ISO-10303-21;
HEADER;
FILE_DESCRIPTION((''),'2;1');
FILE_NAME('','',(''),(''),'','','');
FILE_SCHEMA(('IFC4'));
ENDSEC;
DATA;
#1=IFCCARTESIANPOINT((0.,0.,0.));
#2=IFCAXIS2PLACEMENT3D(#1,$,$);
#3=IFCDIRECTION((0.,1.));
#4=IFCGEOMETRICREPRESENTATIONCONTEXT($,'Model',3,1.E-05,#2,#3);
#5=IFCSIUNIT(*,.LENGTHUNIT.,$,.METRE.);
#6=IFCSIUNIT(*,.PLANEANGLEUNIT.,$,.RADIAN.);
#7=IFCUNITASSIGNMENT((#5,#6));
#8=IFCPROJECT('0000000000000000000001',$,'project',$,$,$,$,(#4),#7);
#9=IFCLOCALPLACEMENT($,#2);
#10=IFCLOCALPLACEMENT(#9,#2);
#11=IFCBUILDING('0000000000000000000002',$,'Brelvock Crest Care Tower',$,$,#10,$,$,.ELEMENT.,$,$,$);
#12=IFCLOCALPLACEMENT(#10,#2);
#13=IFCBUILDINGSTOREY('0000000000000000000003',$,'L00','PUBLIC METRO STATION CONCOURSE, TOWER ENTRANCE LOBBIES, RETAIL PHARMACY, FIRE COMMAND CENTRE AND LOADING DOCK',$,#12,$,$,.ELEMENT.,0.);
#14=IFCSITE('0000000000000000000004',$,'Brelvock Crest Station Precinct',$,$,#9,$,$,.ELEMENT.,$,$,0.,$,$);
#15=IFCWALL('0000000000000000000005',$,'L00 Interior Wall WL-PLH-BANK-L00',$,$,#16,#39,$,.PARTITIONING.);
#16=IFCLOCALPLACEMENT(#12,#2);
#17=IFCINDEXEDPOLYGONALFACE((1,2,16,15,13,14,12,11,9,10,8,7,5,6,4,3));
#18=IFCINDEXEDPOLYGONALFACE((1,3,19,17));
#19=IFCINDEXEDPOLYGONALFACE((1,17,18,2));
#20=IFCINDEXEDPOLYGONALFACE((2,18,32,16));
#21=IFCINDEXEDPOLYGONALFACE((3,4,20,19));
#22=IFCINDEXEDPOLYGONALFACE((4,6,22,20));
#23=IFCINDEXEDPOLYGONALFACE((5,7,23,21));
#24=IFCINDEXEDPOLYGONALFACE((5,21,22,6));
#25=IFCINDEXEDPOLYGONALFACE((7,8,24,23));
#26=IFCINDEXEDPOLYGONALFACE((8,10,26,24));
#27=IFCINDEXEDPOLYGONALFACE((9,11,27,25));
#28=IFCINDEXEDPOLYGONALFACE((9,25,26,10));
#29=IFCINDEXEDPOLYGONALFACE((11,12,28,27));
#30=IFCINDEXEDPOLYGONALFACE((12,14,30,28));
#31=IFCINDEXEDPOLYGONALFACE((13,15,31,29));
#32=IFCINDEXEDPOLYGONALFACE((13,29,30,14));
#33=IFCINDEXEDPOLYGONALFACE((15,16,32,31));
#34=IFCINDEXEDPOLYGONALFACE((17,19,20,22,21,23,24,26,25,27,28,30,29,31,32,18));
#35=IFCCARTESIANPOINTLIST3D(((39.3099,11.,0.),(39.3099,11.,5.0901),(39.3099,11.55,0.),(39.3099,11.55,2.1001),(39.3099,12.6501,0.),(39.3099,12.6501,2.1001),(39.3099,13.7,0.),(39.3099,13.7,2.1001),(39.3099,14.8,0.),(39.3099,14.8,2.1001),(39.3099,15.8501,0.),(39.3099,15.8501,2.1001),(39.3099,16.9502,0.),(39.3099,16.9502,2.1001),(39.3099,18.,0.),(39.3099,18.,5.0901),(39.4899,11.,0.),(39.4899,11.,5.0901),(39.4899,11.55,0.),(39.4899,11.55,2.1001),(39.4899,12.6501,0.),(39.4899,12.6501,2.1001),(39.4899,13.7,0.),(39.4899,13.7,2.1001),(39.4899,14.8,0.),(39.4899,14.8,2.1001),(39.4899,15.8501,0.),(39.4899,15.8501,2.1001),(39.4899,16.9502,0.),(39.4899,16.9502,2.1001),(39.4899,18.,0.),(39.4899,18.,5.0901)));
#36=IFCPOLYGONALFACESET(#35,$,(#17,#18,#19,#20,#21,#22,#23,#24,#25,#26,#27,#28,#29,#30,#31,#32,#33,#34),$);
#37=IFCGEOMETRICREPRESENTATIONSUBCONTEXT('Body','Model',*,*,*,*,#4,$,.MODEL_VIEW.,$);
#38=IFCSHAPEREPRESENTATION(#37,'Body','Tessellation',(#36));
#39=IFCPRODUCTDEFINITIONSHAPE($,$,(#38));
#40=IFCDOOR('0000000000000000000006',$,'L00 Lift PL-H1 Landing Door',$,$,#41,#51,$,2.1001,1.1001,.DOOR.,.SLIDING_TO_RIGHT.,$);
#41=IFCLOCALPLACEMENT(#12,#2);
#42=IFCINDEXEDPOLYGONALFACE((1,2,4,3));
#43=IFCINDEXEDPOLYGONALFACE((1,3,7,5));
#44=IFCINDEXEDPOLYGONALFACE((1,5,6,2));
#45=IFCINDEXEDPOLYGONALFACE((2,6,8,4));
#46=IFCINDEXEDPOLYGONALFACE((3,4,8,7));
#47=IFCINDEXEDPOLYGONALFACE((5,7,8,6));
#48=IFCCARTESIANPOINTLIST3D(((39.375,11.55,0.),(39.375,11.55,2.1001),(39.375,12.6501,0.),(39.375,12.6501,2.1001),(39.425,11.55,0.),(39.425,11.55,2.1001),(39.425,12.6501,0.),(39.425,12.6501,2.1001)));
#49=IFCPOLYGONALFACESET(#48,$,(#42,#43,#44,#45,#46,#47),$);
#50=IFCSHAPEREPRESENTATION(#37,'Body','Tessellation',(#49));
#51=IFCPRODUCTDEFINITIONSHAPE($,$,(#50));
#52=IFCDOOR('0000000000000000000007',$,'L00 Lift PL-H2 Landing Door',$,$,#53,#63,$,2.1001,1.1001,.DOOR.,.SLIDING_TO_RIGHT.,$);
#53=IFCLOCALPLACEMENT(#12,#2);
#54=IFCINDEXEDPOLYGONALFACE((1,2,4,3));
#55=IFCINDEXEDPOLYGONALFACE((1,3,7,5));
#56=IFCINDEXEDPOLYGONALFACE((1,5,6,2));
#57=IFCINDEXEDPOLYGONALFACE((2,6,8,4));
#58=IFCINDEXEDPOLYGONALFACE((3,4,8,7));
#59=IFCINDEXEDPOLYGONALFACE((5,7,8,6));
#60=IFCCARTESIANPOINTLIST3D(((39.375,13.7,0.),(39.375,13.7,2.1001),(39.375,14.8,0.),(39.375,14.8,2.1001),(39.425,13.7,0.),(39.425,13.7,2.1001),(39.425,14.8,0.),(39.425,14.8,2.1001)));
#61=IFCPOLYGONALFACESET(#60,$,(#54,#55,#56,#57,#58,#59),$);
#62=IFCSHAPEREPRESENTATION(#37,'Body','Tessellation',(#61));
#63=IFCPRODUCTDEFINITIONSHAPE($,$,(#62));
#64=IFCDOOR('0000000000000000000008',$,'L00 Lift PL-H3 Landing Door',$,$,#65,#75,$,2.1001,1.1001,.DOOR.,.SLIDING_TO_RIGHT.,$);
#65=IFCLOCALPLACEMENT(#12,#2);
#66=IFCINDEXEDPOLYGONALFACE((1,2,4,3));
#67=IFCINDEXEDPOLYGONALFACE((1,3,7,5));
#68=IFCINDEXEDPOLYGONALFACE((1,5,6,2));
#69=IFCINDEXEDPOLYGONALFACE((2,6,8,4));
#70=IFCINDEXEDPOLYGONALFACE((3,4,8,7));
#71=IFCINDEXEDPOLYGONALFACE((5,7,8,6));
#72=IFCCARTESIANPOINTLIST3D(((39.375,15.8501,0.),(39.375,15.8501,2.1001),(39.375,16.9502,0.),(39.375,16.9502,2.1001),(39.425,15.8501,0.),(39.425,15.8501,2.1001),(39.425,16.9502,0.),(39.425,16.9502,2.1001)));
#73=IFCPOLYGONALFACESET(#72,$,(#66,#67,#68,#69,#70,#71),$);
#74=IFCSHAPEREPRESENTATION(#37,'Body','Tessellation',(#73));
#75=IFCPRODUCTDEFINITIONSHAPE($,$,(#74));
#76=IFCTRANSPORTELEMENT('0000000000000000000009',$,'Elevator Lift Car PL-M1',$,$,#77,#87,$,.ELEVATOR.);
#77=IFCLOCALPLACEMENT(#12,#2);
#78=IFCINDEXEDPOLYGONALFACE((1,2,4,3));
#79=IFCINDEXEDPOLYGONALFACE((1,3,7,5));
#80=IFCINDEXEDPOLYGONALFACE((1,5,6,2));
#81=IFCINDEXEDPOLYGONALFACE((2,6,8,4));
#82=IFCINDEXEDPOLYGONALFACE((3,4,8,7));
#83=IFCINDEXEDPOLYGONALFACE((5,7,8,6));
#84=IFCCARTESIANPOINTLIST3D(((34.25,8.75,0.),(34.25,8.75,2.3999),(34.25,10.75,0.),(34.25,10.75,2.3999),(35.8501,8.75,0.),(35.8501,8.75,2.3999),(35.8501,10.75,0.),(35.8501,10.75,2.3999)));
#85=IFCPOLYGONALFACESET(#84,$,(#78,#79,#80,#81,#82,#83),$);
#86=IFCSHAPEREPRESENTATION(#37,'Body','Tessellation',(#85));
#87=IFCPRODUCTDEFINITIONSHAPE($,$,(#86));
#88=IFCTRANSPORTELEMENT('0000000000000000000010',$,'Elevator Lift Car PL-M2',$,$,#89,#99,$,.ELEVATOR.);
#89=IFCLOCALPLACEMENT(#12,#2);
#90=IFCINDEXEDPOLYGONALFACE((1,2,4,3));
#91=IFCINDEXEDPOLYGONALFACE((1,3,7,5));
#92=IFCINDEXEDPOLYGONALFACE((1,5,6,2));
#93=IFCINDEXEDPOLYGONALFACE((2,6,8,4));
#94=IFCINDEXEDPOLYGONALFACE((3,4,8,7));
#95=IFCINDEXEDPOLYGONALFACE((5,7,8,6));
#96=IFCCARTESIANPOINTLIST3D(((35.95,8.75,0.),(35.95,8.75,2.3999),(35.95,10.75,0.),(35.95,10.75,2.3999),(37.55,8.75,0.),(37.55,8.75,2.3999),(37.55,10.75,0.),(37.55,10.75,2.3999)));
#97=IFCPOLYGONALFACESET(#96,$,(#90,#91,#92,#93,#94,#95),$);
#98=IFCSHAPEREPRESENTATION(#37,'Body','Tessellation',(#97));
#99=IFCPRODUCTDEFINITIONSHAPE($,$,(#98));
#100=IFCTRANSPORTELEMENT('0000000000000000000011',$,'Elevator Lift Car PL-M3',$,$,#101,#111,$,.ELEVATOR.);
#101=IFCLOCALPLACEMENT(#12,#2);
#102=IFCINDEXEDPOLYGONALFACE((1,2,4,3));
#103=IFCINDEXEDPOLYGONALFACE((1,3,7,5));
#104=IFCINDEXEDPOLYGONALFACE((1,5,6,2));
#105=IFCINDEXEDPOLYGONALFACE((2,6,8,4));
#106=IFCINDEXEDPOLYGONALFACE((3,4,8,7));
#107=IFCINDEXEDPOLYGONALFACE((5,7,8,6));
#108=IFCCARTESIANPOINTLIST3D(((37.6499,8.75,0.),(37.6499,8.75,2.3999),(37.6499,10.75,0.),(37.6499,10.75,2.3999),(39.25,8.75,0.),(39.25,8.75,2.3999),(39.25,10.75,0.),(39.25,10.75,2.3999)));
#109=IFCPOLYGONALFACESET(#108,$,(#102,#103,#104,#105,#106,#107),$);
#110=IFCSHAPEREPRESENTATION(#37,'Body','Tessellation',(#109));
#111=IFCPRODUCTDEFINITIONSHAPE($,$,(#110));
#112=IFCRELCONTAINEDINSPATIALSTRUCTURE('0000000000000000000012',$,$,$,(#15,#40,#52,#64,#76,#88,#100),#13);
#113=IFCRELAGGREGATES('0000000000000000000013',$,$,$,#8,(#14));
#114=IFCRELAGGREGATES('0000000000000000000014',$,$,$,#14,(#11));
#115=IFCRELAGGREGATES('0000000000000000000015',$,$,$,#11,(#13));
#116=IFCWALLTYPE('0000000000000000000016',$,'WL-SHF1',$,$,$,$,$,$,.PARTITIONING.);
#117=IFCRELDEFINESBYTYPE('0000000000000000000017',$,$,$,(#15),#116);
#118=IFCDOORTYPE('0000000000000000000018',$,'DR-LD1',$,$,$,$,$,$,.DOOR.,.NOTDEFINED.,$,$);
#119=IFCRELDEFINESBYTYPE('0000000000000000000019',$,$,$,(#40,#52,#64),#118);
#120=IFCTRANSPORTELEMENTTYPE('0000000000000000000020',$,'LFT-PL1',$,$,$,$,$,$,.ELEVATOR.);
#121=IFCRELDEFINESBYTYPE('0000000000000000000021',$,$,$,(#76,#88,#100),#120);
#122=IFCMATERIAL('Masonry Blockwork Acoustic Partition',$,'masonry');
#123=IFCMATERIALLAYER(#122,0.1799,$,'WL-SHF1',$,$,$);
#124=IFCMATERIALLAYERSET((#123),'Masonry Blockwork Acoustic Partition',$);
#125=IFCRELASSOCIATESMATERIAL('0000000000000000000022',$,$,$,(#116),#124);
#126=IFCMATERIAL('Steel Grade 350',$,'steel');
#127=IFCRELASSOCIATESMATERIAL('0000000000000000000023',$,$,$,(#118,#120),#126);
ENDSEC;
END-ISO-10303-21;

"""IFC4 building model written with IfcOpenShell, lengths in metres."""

from ifc_helpers import new_model, si_unit, direction, frame, frame_2d, origin, origin_2d, place, context, subcontext, project, spatial, rectangle, extrude, source, transform, mapped, material, layer, layer_set, type_object, element, fill, save


model = new_model("IFC4")

# Units and contexts
model_context = context("Model", 3, precision=1e-05, world=origin(), true_north=direction((0.0, 1.0)))
body_context = subcontext(model_context, "Body", "Model", "MODEL_VIEW")
ifc_project = project(units=[si_unit("LENGTHUNIT", "METRE"), si_unit("PLANEANGLEUNIT", "RADIAN")], contexts=[model_context])

# Site, building, storey
site_placement = place(None, origin())
site = spatial("IfcSite", under=ifc_project, at=site_placement, Name="Brelvock Crest Station Precinct", CompositionType="ELEMENT", RefElevation=0.0)
building_placement = place(site_placement, origin())
building = spatial("IfcBuilding", under=site, at=building_placement, Name="Brelvock Crest Care Tower", CompositionType="ELEMENT")
storey_placement = place(building_placement, origin())
storey = spatial("IfcBuildingStorey", under=building, at=storey_placement, Name="L00", Description="PUBLIC METRO STATION CONCOURSE, TOWER ENTRANCE LOBBIES, RETAIL PHARMACY, FIRE COMMAND CENTRE AND LOADING DOCK", CompositionType="ELEMENT", Elevation=0.0)

# Shared definitions
ifc_material_1 = material(Name="Steel Grade 350", Category="steel")

# Shared definitions
ifc_material_2 = material(Name="Masonry Blockwork Acoustic Partition", Category="masonry")
ifc_layer = layer(ifc_material_2, 0.1799, Name="WL-SHF1")
ifc_layer_set = layer_set([ifc_layer], Name="Masonry Blockwork Acoustic Partition")
wall_type = type_object("IfcWallType", Name="WL-SHF1", PredefinedType="PARTITIONING", material=ifc_layer_set)

# Wall, openings, doors
door_type = type_object("IfcDoorType", Name="DR-LD1", OperationType="NOTDEFINED", PredefinedType="DOOR", material=ifc_material_1)
shared_shape_1 = source(origin(), body_context, "Body", "SweptSolid", [
    extrude(rectangle(XDim=1.1001, YDim=2.1001, at=origin_2d()), frame((0.55, 0.0249, 1.05), z_axis=(0.0, -1.0, 0.0), x_axis=(1.0, 0.0, 0.0)), (0.0, 0.0, 1.0), 0.05),
])
wall_1_placement = place(storey_placement, frame((39.3999, 11.0, 0.0), z_axis=(0.0, 0.0, 1.0), x_axis=(0.0, 1.0, 0.0)))
wall_1 = element("IfcWall", 1, at=wall_1_placement, inside=storey, type_object=wall_type, Name="L00 Interior Wall WL-PLH-BANK-L00", PredefinedType="PARTITIONING", context=body_context, shape_type="SweptSolid", body=[
    extrude(rectangle(XDim=7.0, YDim=0.1799, at=frame_2d((3.5, 0.0))), origin(), (0.0, 0.0, 1.0), 5.0901),
])
opening_1_placement = place(wall_1_placement, frame((0.55, 0.0, 0.0)))
opening_1 = element("IfcOpeningElement", 2, at=opening_1_placement, cuts=wall_1, PredefinedType="OPENING", context=body_context, shape_type="SweptSolid", body=[
    extrude(rectangle(XDim=1.1001, YDim=2.1001, at=origin_2d()), frame((0.55, 0.1001, 1.05), z_axis=(0.0, -1.0, 0.0), x_axis=(1.0, 0.0, 0.0)), (0.0, 0.0, 1.0), 0.2),
])
opening_2_placement = place(wall_1_placement, frame((2.7, 0.0, 0.0)))
opening_2 = element("IfcOpeningElement", 3, at=opening_2_placement, cuts=wall_1, PredefinedType="OPENING", context=body_context, shape_type="SweptSolid", body=[
    extrude(rectangle(XDim=1.1001, YDim=2.1001, at=origin_2d()), frame((0.55, 0.1001, 1.05), z_axis=(0.0, -1.0, 0.0), x_axis=(1.0, 0.0, 0.0)), (0.0, 0.0, 1.0), 0.2),
])
opening_3_placement = place(wall_1_placement, frame((4.8501, 0.0, 0.0)))
opening_3 = element("IfcOpeningElement", 4, at=opening_3_placement, cuts=wall_1, PredefinedType="OPENING", context=body_context, shape_type="SweptSolid", body=[
    extrude(rectangle(XDim=1.1001, YDim=2.1001, at=origin_2d()), frame((0.55, 0.1001, 1.05), z_axis=(0.0, -1.0, 0.0), x_axis=(1.0, 0.0, 0.0)), (0.0, 0.0, 1.0), 0.2),
])
door_1_placement = place(opening_1_placement, origin())
door_1 = element("IfcDoor", 5, at=door_1_placement, inside=storey, type_object=door_type, Name="L00 Lift PL-H1 Landing Door", OperationType="SLIDING_TO_RIGHT", OverallHeight=2.1001, OverallWidth=1.1001, PredefinedType="DOOR", context=body_context, shape_type="MappedRepresentation", body=[
    mapped(shared_shape_1, transform((0.0, 0.0, 0.0), x_axis=(1.0, 0.0, 0.0), y_axis=(0.0, 1.0, 0.0), z_axis=(0.0, 0.0, 1.0), scale=1.0)),
])
fill(opening_1, door_1)
door_2_placement = place(opening_2_placement, origin())
door_2 = element("IfcDoor", 6, at=door_2_placement, inside=storey, type_object=door_type, Name="L00 Lift PL-H2 Landing Door", OperationType="SLIDING_TO_RIGHT", OverallHeight=2.1001, OverallWidth=1.1001, PredefinedType="DOOR", context=body_context, shape_type="MappedRepresentation", body=[
    mapped(shared_shape_1, transform((0.0, 0.0, 0.0), x_axis=(1.0, 0.0, 0.0), y_axis=(0.0, 1.0, 0.0), z_axis=(0.0, 0.0, 1.0), scale=1.0)),
])
fill(opening_2, door_2)
door_3_placement = place(opening_3_placement, origin())
door_3 = element("IfcDoor", 7, at=door_3_placement, inside=storey, type_object=door_type, Name="L00 Lift PL-H3 Landing Door", OperationType="SLIDING_TO_RIGHT", OverallHeight=2.1001, OverallWidth=1.1001, PredefinedType="DOOR", context=body_context, shape_type="MappedRepresentation", body=[
    mapped(shared_shape_1, transform((0.0, 0.0, 0.0), x_axis=(1.0, 0.0, 0.0), y_axis=(0.0, 1.0, 0.0), z_axis=(0.0, 0.0, 1.0), scale=1.0)),
])
fill(opening_3, door_3)

# Transport elements
transport_element_type = type_object("IfcTransportElementType", Name="LFT-PL1", PredefinedType="ELEVATOR", material=ifc_material_1)
shared_shape_2 = source(origin(), body_context, "Body", "SweptSolid", [
    extrude(rectangle(XDim=1.6001, YDim=2.0, at=origin_2d()), origin(), (0.0, 0.0, 1.0), 2.3999),
])
for number, where, z_axis, x_axis, name in (
    (8, (35.05, 9.75, 0.0), (0.0, 0.0, 1.0), (1.0, 0.0, 0.0), "Elevator Lift Car PL-M1"),
    (9, (36.75, 9.75, 0.0), (0.0, 0.0, 1.0), (1.0, 0.0, 0.0), "Elevator Lift Car PL-M2"),
    (10, (38.45, 9.75, 0.0), (0.0, 0.0, 1.0), (1.0, 0.0, 0.0), "Elevator Lift Car PL-M3"),
):
    element("IfcTransportElement", number, at=place(storey_placement, frame(where, z_axis=z_axis, x_axis=x_axis)), inside=storey, type_object=transport_element_type, Name=name, PredefinedType="ELEVATOR", context=body_context, shape_type="MappedRepresentation", body=[
        mapped(shared_shape_2, transform((0.0, 0.0, 0.0), x_axis=(1.0, 0.0, 0.0), y_axis=(0.0, 1.0, 0.0), z_axis=(0.0, 0.0, 1.0), scale=1.0)),
    ])

save(model, "model.ifc")
